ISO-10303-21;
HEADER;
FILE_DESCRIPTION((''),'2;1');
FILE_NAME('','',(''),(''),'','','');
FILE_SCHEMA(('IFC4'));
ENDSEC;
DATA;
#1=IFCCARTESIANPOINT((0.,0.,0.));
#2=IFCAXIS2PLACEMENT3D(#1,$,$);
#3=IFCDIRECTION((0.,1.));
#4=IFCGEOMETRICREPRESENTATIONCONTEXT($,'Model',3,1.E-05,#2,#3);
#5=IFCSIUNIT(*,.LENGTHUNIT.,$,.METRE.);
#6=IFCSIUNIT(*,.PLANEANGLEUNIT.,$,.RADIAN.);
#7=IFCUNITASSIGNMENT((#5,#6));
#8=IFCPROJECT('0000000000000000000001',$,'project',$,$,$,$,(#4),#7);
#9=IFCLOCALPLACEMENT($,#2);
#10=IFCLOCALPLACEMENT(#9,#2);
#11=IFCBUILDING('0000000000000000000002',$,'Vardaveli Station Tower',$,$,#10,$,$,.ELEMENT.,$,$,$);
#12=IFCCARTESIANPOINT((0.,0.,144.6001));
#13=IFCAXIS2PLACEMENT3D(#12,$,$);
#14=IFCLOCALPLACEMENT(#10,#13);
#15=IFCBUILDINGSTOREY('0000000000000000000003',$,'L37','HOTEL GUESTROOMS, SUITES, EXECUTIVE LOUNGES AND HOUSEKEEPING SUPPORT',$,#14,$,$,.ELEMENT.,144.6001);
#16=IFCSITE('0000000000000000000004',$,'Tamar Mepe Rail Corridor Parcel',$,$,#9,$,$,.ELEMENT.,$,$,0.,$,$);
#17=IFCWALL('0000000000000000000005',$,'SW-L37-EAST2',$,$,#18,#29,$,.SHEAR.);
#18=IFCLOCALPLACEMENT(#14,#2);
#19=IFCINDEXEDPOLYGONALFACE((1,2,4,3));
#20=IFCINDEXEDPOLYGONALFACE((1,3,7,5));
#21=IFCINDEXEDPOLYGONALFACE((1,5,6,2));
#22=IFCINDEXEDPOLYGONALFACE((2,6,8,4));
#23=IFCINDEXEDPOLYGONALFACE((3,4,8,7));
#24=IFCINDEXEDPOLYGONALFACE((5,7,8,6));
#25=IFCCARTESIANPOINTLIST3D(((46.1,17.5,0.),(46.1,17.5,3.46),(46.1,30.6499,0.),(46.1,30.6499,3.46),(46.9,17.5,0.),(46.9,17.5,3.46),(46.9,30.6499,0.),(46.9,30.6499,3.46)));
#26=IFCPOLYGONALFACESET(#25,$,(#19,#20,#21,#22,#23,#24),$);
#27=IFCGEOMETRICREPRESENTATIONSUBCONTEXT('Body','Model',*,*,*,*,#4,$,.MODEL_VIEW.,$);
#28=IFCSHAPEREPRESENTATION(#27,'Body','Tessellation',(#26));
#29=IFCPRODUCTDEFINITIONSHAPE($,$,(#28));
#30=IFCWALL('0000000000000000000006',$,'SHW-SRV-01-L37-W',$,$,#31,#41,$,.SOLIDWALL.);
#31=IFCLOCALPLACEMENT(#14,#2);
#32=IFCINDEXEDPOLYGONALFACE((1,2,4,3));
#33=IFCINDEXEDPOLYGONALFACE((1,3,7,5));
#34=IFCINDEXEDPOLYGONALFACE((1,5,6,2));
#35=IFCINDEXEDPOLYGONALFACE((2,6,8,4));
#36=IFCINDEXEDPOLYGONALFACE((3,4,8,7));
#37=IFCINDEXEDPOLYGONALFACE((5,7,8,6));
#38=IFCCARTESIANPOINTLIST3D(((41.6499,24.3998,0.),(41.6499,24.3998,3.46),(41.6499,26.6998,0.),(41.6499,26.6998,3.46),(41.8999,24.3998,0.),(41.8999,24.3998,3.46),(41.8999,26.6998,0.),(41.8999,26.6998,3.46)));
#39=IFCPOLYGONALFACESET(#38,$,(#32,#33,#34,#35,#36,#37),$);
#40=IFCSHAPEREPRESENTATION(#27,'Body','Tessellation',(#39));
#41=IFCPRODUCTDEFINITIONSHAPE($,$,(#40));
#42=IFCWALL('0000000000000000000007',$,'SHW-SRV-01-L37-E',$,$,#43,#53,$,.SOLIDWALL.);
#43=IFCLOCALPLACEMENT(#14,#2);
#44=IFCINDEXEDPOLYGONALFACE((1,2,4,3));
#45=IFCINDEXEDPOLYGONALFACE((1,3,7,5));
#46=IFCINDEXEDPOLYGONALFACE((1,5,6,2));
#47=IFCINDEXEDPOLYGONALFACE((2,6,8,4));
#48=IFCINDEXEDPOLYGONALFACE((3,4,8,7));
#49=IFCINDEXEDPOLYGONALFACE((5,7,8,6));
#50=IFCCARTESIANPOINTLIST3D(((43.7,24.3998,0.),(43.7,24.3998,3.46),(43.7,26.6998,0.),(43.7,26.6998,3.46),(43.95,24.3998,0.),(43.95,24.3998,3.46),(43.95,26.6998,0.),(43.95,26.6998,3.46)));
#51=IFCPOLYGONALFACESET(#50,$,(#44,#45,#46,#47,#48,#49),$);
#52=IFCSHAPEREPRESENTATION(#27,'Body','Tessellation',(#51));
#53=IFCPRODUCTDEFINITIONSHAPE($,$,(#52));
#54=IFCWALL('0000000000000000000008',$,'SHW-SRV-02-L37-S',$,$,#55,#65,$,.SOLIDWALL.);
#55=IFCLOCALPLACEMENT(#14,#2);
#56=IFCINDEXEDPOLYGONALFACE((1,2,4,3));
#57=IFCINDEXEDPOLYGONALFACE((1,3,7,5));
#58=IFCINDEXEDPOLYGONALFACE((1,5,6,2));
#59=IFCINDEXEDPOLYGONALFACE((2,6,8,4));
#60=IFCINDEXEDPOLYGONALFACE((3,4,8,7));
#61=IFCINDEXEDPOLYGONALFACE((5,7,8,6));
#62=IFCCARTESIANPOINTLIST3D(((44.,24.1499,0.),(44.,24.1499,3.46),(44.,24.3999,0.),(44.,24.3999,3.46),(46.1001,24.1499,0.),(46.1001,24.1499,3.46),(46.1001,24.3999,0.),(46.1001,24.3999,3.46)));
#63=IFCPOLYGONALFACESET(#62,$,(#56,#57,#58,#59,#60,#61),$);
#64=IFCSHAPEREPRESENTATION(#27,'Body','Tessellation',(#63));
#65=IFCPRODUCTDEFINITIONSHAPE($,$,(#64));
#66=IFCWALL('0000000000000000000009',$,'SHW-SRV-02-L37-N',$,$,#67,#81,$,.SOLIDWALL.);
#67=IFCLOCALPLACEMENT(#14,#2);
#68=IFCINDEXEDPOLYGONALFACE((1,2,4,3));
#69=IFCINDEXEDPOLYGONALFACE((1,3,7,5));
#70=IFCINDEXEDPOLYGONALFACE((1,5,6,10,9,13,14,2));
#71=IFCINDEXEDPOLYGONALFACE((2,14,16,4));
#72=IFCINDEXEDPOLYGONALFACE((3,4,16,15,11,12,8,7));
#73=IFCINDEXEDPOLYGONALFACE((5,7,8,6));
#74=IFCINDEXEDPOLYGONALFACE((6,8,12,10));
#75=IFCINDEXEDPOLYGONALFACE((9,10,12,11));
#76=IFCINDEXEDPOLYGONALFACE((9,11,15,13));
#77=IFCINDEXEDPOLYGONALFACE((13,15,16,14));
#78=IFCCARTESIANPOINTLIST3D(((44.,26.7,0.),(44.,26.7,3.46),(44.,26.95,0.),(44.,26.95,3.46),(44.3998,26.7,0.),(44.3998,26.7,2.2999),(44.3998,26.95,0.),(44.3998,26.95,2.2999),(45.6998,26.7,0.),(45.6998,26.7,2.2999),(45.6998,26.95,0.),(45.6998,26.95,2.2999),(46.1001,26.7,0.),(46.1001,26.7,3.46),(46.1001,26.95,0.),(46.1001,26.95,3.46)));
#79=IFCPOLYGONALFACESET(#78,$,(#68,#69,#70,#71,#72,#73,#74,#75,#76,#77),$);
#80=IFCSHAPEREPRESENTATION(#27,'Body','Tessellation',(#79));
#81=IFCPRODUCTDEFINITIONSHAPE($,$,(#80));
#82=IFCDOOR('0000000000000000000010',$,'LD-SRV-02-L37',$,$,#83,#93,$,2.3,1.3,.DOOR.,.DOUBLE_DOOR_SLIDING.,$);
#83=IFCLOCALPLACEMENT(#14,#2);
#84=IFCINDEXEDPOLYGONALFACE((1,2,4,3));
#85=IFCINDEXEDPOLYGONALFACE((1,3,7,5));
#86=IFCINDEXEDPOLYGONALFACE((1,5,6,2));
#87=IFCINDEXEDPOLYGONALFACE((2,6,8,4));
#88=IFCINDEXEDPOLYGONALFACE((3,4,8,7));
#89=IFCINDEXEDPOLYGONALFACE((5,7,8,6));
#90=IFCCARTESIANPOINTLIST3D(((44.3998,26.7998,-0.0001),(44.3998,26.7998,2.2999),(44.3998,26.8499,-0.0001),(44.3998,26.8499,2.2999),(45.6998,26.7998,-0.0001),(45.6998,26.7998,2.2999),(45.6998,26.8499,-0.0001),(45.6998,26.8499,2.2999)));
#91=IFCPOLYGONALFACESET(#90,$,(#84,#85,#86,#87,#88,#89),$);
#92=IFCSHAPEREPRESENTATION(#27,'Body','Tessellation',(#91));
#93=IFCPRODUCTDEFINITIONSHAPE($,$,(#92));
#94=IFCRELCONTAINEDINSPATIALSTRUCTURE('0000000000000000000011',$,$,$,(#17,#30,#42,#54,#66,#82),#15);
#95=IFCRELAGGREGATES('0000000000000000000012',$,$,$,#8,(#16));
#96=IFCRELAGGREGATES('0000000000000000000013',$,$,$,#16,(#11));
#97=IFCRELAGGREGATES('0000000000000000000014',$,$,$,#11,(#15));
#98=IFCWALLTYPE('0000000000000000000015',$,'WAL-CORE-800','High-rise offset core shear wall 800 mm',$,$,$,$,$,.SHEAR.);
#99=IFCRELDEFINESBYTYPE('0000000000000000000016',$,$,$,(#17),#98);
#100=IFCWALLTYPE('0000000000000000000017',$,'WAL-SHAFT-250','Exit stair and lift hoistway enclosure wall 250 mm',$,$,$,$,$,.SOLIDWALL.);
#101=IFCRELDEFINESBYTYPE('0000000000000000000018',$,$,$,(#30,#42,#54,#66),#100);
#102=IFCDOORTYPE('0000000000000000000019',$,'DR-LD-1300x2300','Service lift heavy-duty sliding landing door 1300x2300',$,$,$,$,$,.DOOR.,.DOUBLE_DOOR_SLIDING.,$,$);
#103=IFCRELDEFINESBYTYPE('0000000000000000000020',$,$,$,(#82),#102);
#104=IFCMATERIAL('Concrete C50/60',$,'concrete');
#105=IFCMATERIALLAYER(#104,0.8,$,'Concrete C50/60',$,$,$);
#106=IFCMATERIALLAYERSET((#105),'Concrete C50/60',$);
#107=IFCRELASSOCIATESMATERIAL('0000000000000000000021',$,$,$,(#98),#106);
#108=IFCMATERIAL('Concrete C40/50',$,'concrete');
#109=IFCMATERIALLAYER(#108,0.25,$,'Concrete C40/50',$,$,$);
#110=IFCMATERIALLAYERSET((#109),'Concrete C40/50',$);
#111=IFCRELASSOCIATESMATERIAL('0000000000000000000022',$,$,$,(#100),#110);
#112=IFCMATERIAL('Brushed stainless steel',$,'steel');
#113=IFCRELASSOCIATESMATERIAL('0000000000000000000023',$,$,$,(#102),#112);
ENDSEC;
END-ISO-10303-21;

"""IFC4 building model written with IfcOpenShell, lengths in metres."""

from ifc_helpers import new_model, si_unit, direction, frame, frame_2d, origin, place, context, subcontext, project, spatial, rectangle, extrude, source, transform, mapped, material, layer, layer_set, type_object, element, fill, save


model = new_model("IFC4")

# Units and contexts
model_context = context("Model", 3, precision=1e-05, world=origin(), true_north=direction((0.0, 1.0)))
body_context = subcontext(model_context, "Body", "Model", "MODEL_VIEW")
ifc_project = project(units=[si_unit("LENGTHUNIT", "METRE"), si_unit("PLANEANGLEUNIT", "RADIAN")], contexts=[model_context])

# Site, building, storey
site_placement = place(None, origin())
site = spatial("IfcSite", under=ifc_project, at=site_placement, Name="Tamar Mepe Rail Corridor Parcel", CompositionType="ELEMENT", RefElevation=0.0)
building_placement = place(site_placement, origin())
building = spatial("IfcBuilding", under=site, at=building_placement, Name="Vardaveli Station Tower", CompositionType="ELEMENT")
storey_placement = place(building_placement, frame((0.0, 0.0, 144.6001)))
storey = spatial("IfcBuildingStorey", under=building, at=storey_placement, Name="L37", Description="HOTEL GUESTROOMS, SUITES, EXECUTIVE LOUNGES AND HOUSEKEEPING SUPPORT", CompositionType="ELEMENT", Elevation=144.6001)

# Walls
ifc_material_1 = material(Name="Concrete C50/60", Category="concrete")
ifc_layer_1 = layer(ifc_material_1, 0.8, Name="Concrete C50/60")
ifc_layer_set_1 = layer_set([ifc_layer_1], Name="Concrete C50/60")
wall_type_1 = type_object("IfcWallType", Name="WAL-CORE-800", Description="High-rise offset core shear wall 800 mm", PredefinedType="SHEAR", material=ifc_layer_set_1)
shared_shape_1 = source(origin(), body_context, "Body", "SweptSolid", [
    extrude(rectangle(XDim=13.1499, YDim=0.8, at=frame_2d((6.575, 0.0))), origin(), (0.0, 0.0, 1.0), 3.46),
])
wall_1_placement = place(storey_placement, frame((46.5, 17.5, 0.0), z_axis=(0.0, 0.0, 1.0), x_axis=(0.0, 1.0, 0.0)))
element("IfcWall", 1, at=wall_1_placement, inside=storey, type_object=wall_type_1, Name="SW-L37-EAST2", PredefinedType="SHEAR", context=body_context, shape_type="MappedRepresentation", body=[
    mapped(shared_shape_1, transform((0.0, 0.0, 0.0), scale=1.0)),
])
ifc_material_2 = material(Name="Concrete C40/50", Category="concrete")
ifc_layer_2 = layer(ifc_material_2, 0.25, Name="Concrete C40/50")
ifc_layer_set_2 = layer_set([ifc_layer_2], Name="Concrete C40/50")
wall_type_2 = type_object("IfcWallType", Name="WAL-SHAFT-250", Description="Exit stair and lift hoistway enclosure wall 250 mm", PredefinedType="SOLIDWALL", material=ifc_layer_set_2)
shared_shape_2 = source(origin(), body_context, "Body", "SweptSolid", [
    extrude(rectangle(XDim=2.3, YDim=0.25, at=frame_2d((1.1499, 0.0))), origin(), (0.0, 0.0, 1.0), 3.46),
])
for number, where, z_axis, x_axis, name in (
    (2, (41.7749, 24.3999, 0.0), (0.0, 0.0, 1.0), (0.0, 1.0, 0.0), "SHW-SRV-01-L37-W"),
    (3, (43.825, 24.3999, 0.0), (0.0, 0.0, 1.0), (0.0, 1.0, 0.0), "SHW-SRV-01-L37-E"),
):
    element("IfcWall", number, at=place(storey_placement, frame(where, z_axis=z_axis, x_axis=x_axis)), inside=storey, type_object=wall_type_2, Name=name, PredefinedType="SOLIDWALL", context=body_context, shape_type="MappedRepresentation", body=[
        mapped(shared_shape_2, transform((0.0, 0.0, 0.0), scale=1.0)),
    ])
shared_shape_3 = source(origin(), body_context, "Body", "SweptSolid", [
    extrude(rectangle(XDim=2.1001, YDim=0.25, at=frame_2d((1.05, 0.0))), origin(), (0.0, 0.0, 1.0), 3.46),
])
wall_2_placement = place(storey_placement, frame((44.0, 24.2749, 0.0), z_axis=(0.0, 0.0, 1.0), x_axis=(1.0, 0.0, 0.0)))
element("IfcWall", 4, at=wall_2_placement, inside=storey, type_object=wall_type_2, Name="SHW-SRV-02-L37-S", PredefinedType="SOLIDWALL", context=body_context, shape_type="MappedRepresentation", body=[
    mapped(shared_shape_3, transform((0.0, 0.0, 0.0), scale=1.0)),
])

# Wall, opening, door
wall_3_placement = place(storey_placement, frame((44.0, 26.825, 0.0), z_axis=(0.0, 0.0, 1.0), x_axis=(1.0, 0.0, 0.0)))
wall_3 = element("IfcWall", 5, at=wall_3_placement, inside=storey, type_object=wall_type_2, Name="SHW-SRV-02-L37-N", PredefinedType="SOLIDWALL", context=body_context, shape_type="MappedRepresentation", body=[
    mapped(shared_shape_3, transform((0.0, 0.0, 0.0), scale=1.0)),
])
shared_shape_4 = source(origin(), body_context, "Body", "SweptSolid", [
    extrude(rectangle(XDim=1.3, YDim=2.3, at=frame_2d((0.6499, 1.1499))), frame((0.0, 0.135, 0.0), z_axis=(0.0, -1.0, 0.0), x_axis=(1.0, 0.0, 0.0)), (0.0, 0.0, 1.0), 0.27),
])
opening_placement = place(wall_3_placement, frame((0.3999, 0.0, 0.0)))
opening = element("IfcOpeningElement", 6, at=opening_placement, cuts=wall_3, PredefinedType="OPENING", context=body_context, shape_type="MappedRepresentation", body=[
    mapped(shared_shape_4, transform((0.0, 0.0, 0.0), scale=1.0)),
])
ifc_material_3 = material(Name="Brushed stainless steel", Category="steel")
door_type = type_object("IfcDoorType", Name="DR-LD-1300x2300", Description="Service lift heavy-duty sliding landing door 1300x2300", OperationType="DOUBLE_DOOR_SLIDING", PredefinedType="DOOR", material=ifc_material_3)
shared_shape_5 = source(origin(), body_context, "Body", "SweptSolid", [
    extrude(rectangle(XDim=1.3, YDim=2.3, at=frame_2d((0.6499, 1.1499))), frame((0.0, 0.0249, 0.0), z_axis=(0.0, -1.0, 0.0), x_axis=(1.0, 0.0, 0.0)), (0.0, 0.0, 1.0), 0.05),
])
door_placement = place(opening_placement, origin())
door = element("IfcDoor", 7, at=door_placement, inside=storey, type_object=door_type, Name="LD-SRV-02-L37", OperationType="DOUBLE_DOOR_SLIDING", OverallHeight=2.3, OverallWidth=1.3, PredefinedType="DOOR", context=body_context, shape_type="MappedRepresentation", body=[
    mapped(shared_shape_5, transform((0.0, 0.0, 0.0), scale=1.0)),
])
fill(opening, door)

save(model, "model.ifc")
